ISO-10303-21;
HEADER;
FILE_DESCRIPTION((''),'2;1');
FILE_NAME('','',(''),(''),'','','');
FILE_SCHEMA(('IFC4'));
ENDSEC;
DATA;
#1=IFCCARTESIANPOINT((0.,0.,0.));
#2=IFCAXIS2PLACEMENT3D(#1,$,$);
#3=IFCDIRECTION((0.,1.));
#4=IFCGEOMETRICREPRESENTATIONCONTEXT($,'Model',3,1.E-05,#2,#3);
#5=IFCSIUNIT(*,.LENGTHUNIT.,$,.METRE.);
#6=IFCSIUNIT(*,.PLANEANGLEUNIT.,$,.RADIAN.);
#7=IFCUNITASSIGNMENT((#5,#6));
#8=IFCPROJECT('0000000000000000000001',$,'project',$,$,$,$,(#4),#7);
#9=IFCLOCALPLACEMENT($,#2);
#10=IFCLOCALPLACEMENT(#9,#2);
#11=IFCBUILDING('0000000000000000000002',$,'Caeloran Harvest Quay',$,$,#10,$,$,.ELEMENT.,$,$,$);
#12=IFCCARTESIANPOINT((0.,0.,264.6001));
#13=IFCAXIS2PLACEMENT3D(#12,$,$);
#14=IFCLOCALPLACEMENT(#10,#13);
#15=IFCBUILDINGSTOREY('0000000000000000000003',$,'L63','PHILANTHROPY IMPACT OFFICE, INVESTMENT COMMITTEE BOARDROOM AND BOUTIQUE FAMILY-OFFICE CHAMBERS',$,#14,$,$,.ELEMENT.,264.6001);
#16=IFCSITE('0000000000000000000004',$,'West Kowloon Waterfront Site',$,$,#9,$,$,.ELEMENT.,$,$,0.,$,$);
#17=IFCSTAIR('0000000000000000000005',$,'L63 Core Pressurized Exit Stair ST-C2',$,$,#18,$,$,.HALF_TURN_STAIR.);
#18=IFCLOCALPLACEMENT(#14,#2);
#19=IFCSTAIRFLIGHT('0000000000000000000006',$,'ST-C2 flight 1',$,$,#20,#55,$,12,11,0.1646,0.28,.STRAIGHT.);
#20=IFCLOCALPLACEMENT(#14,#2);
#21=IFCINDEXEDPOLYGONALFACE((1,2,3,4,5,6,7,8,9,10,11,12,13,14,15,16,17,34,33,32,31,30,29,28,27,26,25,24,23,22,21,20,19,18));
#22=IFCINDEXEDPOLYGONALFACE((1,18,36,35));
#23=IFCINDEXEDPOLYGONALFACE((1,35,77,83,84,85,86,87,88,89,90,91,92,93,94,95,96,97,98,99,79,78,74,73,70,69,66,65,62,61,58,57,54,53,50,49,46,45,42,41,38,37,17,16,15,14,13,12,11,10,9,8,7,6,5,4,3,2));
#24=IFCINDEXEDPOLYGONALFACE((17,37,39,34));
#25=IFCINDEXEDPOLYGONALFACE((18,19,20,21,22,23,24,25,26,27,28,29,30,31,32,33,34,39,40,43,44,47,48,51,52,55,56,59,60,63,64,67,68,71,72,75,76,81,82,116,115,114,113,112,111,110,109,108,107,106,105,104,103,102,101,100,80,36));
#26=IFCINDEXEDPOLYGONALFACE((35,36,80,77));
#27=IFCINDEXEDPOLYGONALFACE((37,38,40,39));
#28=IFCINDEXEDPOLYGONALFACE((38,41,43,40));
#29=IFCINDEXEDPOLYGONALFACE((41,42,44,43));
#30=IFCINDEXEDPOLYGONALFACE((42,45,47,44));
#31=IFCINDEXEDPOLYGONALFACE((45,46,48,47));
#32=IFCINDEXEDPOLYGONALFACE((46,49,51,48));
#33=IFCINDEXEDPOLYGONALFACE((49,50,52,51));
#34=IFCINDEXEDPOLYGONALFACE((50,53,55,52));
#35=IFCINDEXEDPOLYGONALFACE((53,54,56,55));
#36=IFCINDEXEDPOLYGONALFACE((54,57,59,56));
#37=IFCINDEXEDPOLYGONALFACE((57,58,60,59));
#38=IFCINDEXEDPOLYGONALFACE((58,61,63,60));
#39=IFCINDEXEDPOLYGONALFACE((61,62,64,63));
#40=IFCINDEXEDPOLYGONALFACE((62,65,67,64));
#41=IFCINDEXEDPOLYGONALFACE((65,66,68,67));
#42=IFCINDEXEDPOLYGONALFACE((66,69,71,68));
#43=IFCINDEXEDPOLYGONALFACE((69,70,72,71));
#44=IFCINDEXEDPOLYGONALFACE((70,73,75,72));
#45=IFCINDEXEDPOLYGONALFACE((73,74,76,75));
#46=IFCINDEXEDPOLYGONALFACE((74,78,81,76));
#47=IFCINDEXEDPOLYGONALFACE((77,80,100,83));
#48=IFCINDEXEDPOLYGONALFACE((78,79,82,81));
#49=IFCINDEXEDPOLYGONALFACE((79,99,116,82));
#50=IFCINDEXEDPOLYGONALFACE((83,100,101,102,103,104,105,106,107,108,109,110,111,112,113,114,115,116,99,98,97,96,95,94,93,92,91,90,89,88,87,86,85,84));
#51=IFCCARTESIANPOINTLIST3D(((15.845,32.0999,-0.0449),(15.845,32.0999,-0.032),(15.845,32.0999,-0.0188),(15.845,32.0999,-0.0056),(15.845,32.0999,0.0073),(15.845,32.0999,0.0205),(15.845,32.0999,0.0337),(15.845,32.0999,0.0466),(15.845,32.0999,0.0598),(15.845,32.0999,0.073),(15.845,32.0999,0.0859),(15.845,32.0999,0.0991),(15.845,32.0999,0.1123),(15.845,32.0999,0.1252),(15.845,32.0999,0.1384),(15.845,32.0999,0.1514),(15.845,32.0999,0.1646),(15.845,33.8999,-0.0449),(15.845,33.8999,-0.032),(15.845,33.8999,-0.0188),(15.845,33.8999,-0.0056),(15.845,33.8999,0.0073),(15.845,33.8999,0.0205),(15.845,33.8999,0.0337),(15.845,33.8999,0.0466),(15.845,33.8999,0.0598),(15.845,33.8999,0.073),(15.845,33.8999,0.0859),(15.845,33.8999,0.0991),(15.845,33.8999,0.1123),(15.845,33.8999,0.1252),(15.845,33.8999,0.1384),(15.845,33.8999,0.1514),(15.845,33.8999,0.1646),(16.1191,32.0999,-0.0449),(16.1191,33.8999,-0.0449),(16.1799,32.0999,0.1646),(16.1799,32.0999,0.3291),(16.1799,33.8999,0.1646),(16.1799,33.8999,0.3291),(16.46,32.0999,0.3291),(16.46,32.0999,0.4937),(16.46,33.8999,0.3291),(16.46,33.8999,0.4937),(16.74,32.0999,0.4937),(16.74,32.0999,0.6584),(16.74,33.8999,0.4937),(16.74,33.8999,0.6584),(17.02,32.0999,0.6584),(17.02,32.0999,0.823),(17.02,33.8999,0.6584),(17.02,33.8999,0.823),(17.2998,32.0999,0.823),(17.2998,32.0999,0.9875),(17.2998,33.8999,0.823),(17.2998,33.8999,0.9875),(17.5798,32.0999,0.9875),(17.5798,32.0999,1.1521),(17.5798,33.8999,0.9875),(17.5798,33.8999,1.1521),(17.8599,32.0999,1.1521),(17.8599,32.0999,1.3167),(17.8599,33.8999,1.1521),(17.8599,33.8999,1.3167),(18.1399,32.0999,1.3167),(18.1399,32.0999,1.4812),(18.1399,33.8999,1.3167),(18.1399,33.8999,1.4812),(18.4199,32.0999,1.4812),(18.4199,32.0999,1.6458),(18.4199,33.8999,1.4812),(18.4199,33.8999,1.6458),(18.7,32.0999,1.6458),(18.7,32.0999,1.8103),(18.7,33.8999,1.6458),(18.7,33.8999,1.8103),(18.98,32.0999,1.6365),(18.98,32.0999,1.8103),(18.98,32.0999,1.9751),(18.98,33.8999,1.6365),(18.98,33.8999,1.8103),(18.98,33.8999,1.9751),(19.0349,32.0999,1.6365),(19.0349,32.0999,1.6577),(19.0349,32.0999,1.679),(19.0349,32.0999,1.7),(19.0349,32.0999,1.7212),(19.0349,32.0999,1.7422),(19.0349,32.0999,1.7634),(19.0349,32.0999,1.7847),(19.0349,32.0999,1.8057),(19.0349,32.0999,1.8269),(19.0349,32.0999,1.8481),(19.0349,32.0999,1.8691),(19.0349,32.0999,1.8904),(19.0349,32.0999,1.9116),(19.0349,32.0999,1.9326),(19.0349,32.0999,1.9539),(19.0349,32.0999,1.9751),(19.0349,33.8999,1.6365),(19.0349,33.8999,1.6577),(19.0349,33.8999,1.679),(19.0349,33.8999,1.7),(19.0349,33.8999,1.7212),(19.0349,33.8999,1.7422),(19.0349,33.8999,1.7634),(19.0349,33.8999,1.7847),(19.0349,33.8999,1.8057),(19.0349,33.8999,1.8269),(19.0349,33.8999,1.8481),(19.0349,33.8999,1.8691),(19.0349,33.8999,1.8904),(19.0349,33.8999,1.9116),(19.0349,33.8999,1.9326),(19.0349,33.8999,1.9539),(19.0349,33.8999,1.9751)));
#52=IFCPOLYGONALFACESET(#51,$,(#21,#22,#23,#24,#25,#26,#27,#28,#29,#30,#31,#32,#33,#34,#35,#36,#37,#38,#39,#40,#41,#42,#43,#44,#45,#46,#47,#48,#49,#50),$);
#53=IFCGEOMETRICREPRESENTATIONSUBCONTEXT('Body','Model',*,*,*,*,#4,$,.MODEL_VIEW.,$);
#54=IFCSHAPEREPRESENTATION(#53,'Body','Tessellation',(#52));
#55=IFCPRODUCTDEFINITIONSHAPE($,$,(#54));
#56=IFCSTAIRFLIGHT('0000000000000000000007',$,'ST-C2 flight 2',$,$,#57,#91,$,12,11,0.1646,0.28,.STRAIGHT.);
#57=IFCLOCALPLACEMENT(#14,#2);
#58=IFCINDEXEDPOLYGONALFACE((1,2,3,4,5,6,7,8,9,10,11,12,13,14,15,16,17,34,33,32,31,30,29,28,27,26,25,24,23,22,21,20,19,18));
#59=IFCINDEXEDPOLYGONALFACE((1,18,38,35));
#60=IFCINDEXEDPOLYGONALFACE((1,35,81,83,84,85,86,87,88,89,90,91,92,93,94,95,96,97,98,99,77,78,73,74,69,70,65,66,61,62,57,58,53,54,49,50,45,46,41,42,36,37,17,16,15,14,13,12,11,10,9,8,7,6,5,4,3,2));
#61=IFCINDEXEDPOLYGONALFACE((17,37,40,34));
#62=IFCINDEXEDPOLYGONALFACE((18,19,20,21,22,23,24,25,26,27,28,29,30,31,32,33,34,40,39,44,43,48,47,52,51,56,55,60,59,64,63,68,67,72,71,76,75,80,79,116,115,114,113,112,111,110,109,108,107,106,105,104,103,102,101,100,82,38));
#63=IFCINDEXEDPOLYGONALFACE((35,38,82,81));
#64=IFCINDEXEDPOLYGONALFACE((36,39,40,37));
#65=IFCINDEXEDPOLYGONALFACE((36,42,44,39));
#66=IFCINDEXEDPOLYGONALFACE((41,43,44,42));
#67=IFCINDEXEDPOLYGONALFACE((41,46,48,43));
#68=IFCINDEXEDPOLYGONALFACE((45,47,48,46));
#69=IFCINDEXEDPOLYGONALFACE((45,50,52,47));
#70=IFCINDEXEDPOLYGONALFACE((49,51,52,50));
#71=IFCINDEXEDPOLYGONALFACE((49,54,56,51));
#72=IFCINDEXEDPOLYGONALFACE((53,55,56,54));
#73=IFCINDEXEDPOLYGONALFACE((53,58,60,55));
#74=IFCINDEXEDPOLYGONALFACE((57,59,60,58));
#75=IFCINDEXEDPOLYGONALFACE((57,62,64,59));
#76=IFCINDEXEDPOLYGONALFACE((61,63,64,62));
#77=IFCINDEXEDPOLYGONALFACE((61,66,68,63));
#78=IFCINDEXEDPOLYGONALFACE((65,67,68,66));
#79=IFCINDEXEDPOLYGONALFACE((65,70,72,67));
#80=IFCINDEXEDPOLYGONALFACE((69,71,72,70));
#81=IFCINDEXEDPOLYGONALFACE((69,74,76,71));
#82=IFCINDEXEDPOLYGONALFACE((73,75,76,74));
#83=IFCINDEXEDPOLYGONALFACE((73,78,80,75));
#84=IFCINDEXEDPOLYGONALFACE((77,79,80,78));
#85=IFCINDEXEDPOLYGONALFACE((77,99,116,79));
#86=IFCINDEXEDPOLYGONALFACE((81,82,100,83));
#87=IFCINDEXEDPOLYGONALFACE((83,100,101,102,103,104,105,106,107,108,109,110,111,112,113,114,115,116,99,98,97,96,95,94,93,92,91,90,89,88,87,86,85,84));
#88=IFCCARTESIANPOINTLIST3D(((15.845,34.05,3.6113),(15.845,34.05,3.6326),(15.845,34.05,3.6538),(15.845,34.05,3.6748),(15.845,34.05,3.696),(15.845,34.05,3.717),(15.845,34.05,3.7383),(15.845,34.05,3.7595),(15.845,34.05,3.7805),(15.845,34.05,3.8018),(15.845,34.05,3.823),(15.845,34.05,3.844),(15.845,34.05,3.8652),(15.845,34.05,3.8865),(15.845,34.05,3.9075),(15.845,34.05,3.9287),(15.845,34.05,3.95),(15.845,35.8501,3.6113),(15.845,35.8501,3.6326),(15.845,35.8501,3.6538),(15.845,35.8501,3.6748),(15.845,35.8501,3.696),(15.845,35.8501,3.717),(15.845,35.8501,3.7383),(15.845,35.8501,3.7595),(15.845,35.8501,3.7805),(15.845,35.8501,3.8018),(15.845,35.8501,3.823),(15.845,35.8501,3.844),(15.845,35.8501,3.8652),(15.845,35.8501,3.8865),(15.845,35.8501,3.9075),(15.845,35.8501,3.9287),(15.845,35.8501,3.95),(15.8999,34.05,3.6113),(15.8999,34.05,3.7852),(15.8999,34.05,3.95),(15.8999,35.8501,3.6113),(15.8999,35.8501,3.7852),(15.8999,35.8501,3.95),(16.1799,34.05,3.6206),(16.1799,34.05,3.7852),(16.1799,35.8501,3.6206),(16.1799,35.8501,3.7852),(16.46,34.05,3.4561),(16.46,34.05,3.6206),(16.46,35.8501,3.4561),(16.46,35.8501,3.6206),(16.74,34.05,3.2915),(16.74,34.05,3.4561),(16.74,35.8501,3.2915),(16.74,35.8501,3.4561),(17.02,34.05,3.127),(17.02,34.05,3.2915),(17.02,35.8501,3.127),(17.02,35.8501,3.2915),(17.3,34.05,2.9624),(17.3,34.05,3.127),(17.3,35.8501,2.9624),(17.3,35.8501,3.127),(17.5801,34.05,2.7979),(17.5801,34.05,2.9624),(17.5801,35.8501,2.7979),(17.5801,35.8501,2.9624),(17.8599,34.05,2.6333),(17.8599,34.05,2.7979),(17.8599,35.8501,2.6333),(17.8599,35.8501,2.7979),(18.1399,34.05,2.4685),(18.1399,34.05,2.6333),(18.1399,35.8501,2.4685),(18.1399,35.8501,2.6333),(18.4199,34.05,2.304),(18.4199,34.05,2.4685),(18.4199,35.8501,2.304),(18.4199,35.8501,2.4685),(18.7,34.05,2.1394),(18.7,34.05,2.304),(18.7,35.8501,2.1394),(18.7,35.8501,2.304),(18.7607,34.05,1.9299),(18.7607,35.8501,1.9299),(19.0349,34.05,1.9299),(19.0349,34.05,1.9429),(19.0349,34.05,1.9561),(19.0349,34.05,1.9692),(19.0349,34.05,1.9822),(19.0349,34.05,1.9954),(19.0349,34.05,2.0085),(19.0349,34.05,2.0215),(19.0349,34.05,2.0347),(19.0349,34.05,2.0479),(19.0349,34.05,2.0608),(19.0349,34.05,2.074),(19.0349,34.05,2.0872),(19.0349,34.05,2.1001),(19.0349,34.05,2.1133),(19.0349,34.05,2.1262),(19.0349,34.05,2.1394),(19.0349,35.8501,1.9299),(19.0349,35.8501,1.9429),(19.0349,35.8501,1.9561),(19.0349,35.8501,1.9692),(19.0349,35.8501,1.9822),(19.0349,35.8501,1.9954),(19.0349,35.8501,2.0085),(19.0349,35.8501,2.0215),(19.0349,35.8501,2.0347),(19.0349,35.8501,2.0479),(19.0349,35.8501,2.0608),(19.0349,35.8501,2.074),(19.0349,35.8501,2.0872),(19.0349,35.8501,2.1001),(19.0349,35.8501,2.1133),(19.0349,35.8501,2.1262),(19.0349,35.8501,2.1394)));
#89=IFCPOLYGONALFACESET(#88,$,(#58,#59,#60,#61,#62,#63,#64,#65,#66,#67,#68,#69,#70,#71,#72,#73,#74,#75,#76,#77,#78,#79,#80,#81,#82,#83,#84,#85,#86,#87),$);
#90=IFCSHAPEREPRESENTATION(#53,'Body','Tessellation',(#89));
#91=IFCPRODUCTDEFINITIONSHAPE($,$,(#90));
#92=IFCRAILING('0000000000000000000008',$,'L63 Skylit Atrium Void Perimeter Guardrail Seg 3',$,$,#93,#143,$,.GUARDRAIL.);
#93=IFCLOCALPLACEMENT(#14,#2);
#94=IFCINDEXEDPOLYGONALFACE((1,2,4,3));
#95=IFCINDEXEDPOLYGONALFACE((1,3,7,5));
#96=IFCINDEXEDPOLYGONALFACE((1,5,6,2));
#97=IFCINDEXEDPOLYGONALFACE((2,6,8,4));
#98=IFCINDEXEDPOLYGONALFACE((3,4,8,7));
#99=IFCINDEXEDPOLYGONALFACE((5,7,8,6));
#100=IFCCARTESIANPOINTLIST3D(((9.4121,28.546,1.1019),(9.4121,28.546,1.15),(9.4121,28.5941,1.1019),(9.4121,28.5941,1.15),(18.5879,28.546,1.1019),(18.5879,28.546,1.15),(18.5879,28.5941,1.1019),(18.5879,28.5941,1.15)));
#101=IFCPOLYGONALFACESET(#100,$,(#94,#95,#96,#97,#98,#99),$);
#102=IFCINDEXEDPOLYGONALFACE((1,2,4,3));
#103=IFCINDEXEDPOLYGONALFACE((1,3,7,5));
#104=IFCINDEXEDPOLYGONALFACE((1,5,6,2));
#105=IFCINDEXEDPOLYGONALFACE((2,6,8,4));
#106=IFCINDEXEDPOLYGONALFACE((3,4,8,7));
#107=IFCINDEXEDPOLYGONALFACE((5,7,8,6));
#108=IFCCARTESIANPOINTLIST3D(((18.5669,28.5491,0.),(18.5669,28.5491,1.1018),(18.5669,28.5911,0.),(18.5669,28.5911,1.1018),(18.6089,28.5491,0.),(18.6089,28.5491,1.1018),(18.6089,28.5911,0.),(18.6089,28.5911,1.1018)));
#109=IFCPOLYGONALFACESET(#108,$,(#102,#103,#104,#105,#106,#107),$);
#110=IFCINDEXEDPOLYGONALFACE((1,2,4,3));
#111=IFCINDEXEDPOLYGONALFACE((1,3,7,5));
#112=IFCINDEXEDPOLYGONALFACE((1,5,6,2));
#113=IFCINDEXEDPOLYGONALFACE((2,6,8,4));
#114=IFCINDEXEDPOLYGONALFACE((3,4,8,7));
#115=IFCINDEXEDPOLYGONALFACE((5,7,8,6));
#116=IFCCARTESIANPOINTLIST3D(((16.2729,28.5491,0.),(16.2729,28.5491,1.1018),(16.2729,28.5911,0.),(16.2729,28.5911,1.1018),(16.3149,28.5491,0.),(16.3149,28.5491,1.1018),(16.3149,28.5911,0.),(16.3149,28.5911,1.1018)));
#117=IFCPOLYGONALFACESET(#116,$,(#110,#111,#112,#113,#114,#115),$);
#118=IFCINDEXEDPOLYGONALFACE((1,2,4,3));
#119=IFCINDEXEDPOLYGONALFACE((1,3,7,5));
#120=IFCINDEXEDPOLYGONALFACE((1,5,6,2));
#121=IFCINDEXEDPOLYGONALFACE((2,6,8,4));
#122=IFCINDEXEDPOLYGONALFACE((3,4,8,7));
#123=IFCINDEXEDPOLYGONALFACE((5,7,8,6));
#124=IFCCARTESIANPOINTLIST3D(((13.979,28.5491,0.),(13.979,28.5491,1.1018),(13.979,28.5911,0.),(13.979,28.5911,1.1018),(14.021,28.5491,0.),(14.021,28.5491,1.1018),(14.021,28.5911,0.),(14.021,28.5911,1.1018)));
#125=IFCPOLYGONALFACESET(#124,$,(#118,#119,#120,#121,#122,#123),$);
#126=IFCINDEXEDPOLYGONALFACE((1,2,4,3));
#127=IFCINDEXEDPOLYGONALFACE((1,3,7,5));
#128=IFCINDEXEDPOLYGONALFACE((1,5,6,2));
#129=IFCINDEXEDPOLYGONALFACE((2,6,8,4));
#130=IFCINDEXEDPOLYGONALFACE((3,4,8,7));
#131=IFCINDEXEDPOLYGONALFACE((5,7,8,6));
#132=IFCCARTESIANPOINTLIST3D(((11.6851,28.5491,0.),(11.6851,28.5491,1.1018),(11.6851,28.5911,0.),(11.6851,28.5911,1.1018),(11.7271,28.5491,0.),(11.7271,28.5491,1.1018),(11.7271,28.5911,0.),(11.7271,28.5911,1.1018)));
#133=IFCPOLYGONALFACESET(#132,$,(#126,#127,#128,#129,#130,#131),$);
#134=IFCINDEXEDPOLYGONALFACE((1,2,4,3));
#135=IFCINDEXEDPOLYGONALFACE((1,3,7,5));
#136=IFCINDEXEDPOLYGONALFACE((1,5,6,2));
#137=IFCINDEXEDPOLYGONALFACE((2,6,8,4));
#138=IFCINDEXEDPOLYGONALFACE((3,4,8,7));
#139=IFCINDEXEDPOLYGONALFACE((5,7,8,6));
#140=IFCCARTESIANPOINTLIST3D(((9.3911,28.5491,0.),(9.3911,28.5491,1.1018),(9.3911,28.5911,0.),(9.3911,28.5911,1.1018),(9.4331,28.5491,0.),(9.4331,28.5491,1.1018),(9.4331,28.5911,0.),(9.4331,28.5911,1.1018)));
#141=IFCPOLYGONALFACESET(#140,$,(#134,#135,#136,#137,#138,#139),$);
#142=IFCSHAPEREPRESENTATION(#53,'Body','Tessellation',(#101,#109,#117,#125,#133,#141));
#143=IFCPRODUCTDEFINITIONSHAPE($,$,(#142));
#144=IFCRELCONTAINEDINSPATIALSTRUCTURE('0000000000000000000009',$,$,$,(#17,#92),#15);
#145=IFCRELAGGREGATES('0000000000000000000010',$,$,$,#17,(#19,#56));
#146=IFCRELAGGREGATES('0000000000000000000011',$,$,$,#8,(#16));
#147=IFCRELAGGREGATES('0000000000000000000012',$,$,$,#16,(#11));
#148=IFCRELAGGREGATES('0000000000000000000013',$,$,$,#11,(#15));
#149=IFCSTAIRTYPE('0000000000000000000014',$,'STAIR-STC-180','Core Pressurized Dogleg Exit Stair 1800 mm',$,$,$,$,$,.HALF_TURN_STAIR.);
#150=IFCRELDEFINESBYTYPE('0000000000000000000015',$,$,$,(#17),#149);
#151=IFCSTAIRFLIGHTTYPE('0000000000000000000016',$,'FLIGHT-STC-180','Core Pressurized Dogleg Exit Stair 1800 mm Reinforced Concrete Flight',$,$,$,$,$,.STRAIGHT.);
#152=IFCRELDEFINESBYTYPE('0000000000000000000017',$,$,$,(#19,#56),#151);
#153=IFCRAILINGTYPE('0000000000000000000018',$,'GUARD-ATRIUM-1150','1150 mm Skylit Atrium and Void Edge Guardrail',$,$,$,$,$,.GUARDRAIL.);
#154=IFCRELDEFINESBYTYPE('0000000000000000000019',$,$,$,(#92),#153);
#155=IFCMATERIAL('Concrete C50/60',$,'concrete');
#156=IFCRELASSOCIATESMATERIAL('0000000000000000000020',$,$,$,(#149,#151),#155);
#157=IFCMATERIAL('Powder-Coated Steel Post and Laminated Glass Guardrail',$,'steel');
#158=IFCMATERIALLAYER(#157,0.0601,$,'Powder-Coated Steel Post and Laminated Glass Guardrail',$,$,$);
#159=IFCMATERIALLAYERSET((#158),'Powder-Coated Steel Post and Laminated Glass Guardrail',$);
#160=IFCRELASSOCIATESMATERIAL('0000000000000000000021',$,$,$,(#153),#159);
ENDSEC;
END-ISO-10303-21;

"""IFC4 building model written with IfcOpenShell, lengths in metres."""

from ifc_helpers import new_model, si_unit, direction, frame, origin, origin_2d, place, context, subcontext, project, spatial, polyline, rectangle, outline, extrude, material, layer, layer_set, type_object, element, aggregate, save


model = new_model("IFC4")

# Units and contexts
model_context = context("Model", 3, precision=1e-05, world=origin(), true_north=direction((0.0, 1.0)))
body_context = subcontext(model_context, "Body", "Model", "MODEL_VIEW")
ifc_project = project(units=[si_unit("LENGTHUNIT", "METRE"), si_unit("PLANEANGLEUNIT", "RADIAN")], contexts=[model_context])

# Site, building, storey
site_placement = place(None, origin())
site = spatial("IfcSite", under=ifc_project, at=site_placement, Name="West Kowloon Waterfront Site", CompositionType="ELEMENT", RefElevation=0.0)
building_placement = place(site_placement, origin())
building = spatial("IfcBuilding", under=site, at=building_placement, Name="Caeloran Harvest Quay", CompositionType="ELEMENT")
storey_placement = place(building_placement, frame((0.0, 0.0, 264.6001)))
storey = spatial("IfcBuildingStorey", under=building, at=storey_placement, Name="L63", Description="PHILANTHROPY IMPACT OFFICE, INVESTMENT COMMITTEE BOARDROOM AND BOUTIQUE FAMILY-OFFICE CHAMBERS", CompositionType="ELEMENT", Elevation=264.6001)

# Stair, stair flights
ifc_material_1 = material(Name="Concrete C50/60", Category="concrete")
stair_type = type_object("IfcStairType", Name="STAIR-STC-180", Description="Core Pressurized Dogleg Exit Stair 1800 mm", PredefinedType="HALF_TURN_STAIR", material=ifc_material_1)
stair_flight_type = type_object("IfcStairFlightType", Name="FLIGHT-STC-180", Description="Core Pressurized Dogleg Exit Stair 1800 mm Reinforced Concrete Flight", PredefinedType="STRAIGHT", material=ifc_material_1)
stair_1_placement = place(storey_placement, origin())
stair_1 = element("IfcStair", 1, at=stair_1_placement, inside=storey, type_object=stair_type, Name="L63 Core Pressurized Exit Stair ST-C2", PredefinedType="HALF_TURN_STAIR")
stair_flight_1_placement = place(storey_placement, frame((15.8999, 33.0, 0.0), z_axis=(0.0, 0.0, 1.0), x_axis=(1.0, 0.0, 0.0)))
stair_flight_1 = element("IfcStairFlight", 2, at=stair_flight_1_placement, type_object=stair_flight_type, Name="ST-C2 flight 1", NumberOfRisers=12, NumberOfTreads=11, PredefinedType="STRAIGHT", RiserHeight=0.1646, TreadLength=0.28, context=body_context, shape_type="SweptSolid", body=[
    extrude(outline(polyline([(-0.0549, -0.0449), (-0.0549, -0.032), (-0.0549, -0.0188), (-0.0549, -0.0056), (-0.0549, 0.0073), (-0.0549, 0.0205), (-0.0549, 0.0337), (-0.0549, 0.0466), (-0.0549, 0.0598), (-0.0549, 0.073), (-0.0549, 0.0859), (-0.0549, 0.0991), (-0.0549, 0.1123), (-0.0549, 0.1252), (-0.0549, 0.1384), (-0.0549, 0.1514), (-0.0549, 0.1646), (0.28, 0.1646), (0.28, 0.3291), (0.5601, 0.3291), (0.5601, 0.4937), (0.8401, 0.4937), (0.8401, 0.6584), (1.1201, 0.6584), (1.1201, 0.823), (1.3999, 0.823), (1.3999, 0.9875), (1.6799, 0.9875), (1.6799, 1.1521), (1.96, 1.1521), (1.96, 1.3167), (2.24, 1.3167), (2.24, 1.4812), (2.52, 1.4812), (2.52, 1.6458), (2.8, 1.6458), (2.8, 1.8103), (3.0801, 1.8103), (3.0801, 1.9751), (3.135, 1.9751), (3.135, 1.9539), (3.135, 1.9326), (3.135, 1.9116), (3.135, 1.8904), (3.135, 1.8691), (3.135, 1.8481), (3.135, 1.8269), (3.135, 1.8057), (3.135, 1.7847), (3.135, 1.7634), (3.135, 1.7422), (3.135, 1.7212), (3.135, 1.7), (3.135, 1.679), (3.135, 1.6577), (3.135, 1.6365), (3.0801, 1.6365), (0.2192, -0.0449), (-0.0549, -0.0449)])), frame((0.0, 0.8999, 0.0), z_axis=(0.0, -1.0, 0.0), x_axis=(1.0, 0.0, 0.0)), (0.0, 0.0, 1.0), 1.8),
])
stair_flight_2_placement = place(storey_placement, frame((18.98, 34.95, 1.9749), z_axis=(0.0, 0.0, 1.0), x_axis=(-1.0, 0.0, 0.0)))
stair_flight_2 = element("IfcStairFlight", 3, at=stair_flight_2_placement, type_object=stair_flight_type, Name="ST-C2 flight 2", NumberOfRisers=12, NumberOfTreads=11, PredefinedType="STRAIGHT", RiserHeight=0.1646, TreadLength=0.28, context=body_context, shape_type="SweptSolid", body=[
    extrude(outline(polyline([(-0.0549, -0.0449), (-0.0549, -0.032), (-0.0549, -0.0188), (-0.0549, -0.0056), (-0.0549, 0.0073), (-0.0549, 0.0205), (-0.0549, 0.0337), (-0.0549, 0.0466), (-0.0549, 0.0598), (-0.0549, 0.073), (-0.0549, 0.0859), (-0.0549, 0.0991), (-0.0549, 0.1123), (-0.0549, 0.1252), (-0.0549, 0.1384), (-0.0549, 0.1514), (-0.0549, 0.1646), (0.28, 0.1646), (0.28, 0.3291), (0.5601, 0.3291), (0.5601, 0.4937), (0.8401, 0.4937), (0.8401, 0.6584), (1.1201, 0.6584), (1.1201, 0.823), (1.3999, 0.823), (1.3999, 0.9875), (1.6799, 0.9875), (1.6799, 1.1521), (1.96, 1.1521), (1.96, 1.3167), (2.24, 1.3167), (2.24, 1.4812), (2.52, 1.4812), (2.52, 1.6458), (2.8, 1.6458), (2.8, 1.8103), (3.0801, 1.8103), (3.0801, 1.9751), (3.135, 1.9751), (3.135, 1.9539), (3.135, 1.9326), (3.135, 1.9116), (3.135, 1.8904), (3.135, 1.8691), (3.135, 1.8481), (3.135, 1.8269), (3.135, 1.8057), (3.135, 1.7847), (3.135, 1.7634), (3.135, 1.7422), (3.135, 1.7212), (3.135, 1.7), (3.135, 1.679), (3.135, 1.6577), (3.135, 1.6365), (3.0801, 1.6365), (0.2192, -0.0449), (-0.0549, -0.0449)])), frame((0.0, 0.8999, 0.0), z_axis=(0.0, -1.0, 0.0), x_axis=(1.0, 0.0, 0.0)), (0.0, 0.0, 1.0), 1.8),
])
aggregate(stair_1, [stair_flight_1, stair_flight_2])

# Railing
ifc_material_2 = material(Name="Powder-Coated Steel Post and Laminated Glass Guardrail", Category="steel")
ifc_layer_1 = layer(ifc_material_2, 0.0601, Name="Powder-Coated Steel Post and Laminated Glass Guardrail")
ifc_layer_set_1 = layer_set([ifc_layer_1], Name="Powder-Coated Steel Post and Laminated Glass Guardrail")
railing_type_1 = type_object("IfcRailingType", Name="GUARD-ATRIUM-1150", Description="1150 mm Skylit Atrium and Void Edge Guardrail", PredefinedType="GUARDRAIL", material=ifc_layer_set_1)
railing_1_placement = place(storey_placement, frame((18.5879, 28.5701, 0.0)))
element("IfcRailing", 4, at=railing_1_placement, inside=storey, type_object=railing_type_1, Name="L63 Skylit Atrium Void Perimeter Guardrail Seg 3", PredefinedType="GUARDRAIL", context=body_context, shape_type="SweptSolid", body=[
    extrude(rectangle(XDim=0.0481, YDim=0.0481, at=origin_2d()), frame((0.0, 0.0, 1.126), z_axis=(-1.0, 0.0, 0.0), x_axis=(0.0, -1.0, 0.0)), (0.0, 0.0, 1.0), 9.1758),
    extrude(rectangle(XDim=0.042, YDim=0.042, at=origin_2d()), origin(), (0.0, 0.0, 1.0), 1.1018),
    extrude(rectangle(XDim=0.042, YDim=0.042, at=origin_2d()), frame((-2.2939, 0.0, 0.0)), (0.0, 0.0, 1.0), 1.1018),
    extrude(rectangle(XDim=0.042, YDim=0.042, at=origin_2d()), frame((-4.5879, 0.0, 0.0)), (0.0, 0.0, 1.0), 1.1018),
    extrude(rectangle(XDim=0.042, YDim=0.042, at=origin_2d()), frame((-6.8818, 0.0, 0.0)), (0.0, 0.0, 1.0), 1.1018),
    extrude(rectangle(XDim=0.042, YDim=0.042, at=origin_2d()), frame((-9.1758, 0.0, 0.0)), (0.0, 0.0, 1.0), 1.1018),
])

save(model, "model.ifc")
